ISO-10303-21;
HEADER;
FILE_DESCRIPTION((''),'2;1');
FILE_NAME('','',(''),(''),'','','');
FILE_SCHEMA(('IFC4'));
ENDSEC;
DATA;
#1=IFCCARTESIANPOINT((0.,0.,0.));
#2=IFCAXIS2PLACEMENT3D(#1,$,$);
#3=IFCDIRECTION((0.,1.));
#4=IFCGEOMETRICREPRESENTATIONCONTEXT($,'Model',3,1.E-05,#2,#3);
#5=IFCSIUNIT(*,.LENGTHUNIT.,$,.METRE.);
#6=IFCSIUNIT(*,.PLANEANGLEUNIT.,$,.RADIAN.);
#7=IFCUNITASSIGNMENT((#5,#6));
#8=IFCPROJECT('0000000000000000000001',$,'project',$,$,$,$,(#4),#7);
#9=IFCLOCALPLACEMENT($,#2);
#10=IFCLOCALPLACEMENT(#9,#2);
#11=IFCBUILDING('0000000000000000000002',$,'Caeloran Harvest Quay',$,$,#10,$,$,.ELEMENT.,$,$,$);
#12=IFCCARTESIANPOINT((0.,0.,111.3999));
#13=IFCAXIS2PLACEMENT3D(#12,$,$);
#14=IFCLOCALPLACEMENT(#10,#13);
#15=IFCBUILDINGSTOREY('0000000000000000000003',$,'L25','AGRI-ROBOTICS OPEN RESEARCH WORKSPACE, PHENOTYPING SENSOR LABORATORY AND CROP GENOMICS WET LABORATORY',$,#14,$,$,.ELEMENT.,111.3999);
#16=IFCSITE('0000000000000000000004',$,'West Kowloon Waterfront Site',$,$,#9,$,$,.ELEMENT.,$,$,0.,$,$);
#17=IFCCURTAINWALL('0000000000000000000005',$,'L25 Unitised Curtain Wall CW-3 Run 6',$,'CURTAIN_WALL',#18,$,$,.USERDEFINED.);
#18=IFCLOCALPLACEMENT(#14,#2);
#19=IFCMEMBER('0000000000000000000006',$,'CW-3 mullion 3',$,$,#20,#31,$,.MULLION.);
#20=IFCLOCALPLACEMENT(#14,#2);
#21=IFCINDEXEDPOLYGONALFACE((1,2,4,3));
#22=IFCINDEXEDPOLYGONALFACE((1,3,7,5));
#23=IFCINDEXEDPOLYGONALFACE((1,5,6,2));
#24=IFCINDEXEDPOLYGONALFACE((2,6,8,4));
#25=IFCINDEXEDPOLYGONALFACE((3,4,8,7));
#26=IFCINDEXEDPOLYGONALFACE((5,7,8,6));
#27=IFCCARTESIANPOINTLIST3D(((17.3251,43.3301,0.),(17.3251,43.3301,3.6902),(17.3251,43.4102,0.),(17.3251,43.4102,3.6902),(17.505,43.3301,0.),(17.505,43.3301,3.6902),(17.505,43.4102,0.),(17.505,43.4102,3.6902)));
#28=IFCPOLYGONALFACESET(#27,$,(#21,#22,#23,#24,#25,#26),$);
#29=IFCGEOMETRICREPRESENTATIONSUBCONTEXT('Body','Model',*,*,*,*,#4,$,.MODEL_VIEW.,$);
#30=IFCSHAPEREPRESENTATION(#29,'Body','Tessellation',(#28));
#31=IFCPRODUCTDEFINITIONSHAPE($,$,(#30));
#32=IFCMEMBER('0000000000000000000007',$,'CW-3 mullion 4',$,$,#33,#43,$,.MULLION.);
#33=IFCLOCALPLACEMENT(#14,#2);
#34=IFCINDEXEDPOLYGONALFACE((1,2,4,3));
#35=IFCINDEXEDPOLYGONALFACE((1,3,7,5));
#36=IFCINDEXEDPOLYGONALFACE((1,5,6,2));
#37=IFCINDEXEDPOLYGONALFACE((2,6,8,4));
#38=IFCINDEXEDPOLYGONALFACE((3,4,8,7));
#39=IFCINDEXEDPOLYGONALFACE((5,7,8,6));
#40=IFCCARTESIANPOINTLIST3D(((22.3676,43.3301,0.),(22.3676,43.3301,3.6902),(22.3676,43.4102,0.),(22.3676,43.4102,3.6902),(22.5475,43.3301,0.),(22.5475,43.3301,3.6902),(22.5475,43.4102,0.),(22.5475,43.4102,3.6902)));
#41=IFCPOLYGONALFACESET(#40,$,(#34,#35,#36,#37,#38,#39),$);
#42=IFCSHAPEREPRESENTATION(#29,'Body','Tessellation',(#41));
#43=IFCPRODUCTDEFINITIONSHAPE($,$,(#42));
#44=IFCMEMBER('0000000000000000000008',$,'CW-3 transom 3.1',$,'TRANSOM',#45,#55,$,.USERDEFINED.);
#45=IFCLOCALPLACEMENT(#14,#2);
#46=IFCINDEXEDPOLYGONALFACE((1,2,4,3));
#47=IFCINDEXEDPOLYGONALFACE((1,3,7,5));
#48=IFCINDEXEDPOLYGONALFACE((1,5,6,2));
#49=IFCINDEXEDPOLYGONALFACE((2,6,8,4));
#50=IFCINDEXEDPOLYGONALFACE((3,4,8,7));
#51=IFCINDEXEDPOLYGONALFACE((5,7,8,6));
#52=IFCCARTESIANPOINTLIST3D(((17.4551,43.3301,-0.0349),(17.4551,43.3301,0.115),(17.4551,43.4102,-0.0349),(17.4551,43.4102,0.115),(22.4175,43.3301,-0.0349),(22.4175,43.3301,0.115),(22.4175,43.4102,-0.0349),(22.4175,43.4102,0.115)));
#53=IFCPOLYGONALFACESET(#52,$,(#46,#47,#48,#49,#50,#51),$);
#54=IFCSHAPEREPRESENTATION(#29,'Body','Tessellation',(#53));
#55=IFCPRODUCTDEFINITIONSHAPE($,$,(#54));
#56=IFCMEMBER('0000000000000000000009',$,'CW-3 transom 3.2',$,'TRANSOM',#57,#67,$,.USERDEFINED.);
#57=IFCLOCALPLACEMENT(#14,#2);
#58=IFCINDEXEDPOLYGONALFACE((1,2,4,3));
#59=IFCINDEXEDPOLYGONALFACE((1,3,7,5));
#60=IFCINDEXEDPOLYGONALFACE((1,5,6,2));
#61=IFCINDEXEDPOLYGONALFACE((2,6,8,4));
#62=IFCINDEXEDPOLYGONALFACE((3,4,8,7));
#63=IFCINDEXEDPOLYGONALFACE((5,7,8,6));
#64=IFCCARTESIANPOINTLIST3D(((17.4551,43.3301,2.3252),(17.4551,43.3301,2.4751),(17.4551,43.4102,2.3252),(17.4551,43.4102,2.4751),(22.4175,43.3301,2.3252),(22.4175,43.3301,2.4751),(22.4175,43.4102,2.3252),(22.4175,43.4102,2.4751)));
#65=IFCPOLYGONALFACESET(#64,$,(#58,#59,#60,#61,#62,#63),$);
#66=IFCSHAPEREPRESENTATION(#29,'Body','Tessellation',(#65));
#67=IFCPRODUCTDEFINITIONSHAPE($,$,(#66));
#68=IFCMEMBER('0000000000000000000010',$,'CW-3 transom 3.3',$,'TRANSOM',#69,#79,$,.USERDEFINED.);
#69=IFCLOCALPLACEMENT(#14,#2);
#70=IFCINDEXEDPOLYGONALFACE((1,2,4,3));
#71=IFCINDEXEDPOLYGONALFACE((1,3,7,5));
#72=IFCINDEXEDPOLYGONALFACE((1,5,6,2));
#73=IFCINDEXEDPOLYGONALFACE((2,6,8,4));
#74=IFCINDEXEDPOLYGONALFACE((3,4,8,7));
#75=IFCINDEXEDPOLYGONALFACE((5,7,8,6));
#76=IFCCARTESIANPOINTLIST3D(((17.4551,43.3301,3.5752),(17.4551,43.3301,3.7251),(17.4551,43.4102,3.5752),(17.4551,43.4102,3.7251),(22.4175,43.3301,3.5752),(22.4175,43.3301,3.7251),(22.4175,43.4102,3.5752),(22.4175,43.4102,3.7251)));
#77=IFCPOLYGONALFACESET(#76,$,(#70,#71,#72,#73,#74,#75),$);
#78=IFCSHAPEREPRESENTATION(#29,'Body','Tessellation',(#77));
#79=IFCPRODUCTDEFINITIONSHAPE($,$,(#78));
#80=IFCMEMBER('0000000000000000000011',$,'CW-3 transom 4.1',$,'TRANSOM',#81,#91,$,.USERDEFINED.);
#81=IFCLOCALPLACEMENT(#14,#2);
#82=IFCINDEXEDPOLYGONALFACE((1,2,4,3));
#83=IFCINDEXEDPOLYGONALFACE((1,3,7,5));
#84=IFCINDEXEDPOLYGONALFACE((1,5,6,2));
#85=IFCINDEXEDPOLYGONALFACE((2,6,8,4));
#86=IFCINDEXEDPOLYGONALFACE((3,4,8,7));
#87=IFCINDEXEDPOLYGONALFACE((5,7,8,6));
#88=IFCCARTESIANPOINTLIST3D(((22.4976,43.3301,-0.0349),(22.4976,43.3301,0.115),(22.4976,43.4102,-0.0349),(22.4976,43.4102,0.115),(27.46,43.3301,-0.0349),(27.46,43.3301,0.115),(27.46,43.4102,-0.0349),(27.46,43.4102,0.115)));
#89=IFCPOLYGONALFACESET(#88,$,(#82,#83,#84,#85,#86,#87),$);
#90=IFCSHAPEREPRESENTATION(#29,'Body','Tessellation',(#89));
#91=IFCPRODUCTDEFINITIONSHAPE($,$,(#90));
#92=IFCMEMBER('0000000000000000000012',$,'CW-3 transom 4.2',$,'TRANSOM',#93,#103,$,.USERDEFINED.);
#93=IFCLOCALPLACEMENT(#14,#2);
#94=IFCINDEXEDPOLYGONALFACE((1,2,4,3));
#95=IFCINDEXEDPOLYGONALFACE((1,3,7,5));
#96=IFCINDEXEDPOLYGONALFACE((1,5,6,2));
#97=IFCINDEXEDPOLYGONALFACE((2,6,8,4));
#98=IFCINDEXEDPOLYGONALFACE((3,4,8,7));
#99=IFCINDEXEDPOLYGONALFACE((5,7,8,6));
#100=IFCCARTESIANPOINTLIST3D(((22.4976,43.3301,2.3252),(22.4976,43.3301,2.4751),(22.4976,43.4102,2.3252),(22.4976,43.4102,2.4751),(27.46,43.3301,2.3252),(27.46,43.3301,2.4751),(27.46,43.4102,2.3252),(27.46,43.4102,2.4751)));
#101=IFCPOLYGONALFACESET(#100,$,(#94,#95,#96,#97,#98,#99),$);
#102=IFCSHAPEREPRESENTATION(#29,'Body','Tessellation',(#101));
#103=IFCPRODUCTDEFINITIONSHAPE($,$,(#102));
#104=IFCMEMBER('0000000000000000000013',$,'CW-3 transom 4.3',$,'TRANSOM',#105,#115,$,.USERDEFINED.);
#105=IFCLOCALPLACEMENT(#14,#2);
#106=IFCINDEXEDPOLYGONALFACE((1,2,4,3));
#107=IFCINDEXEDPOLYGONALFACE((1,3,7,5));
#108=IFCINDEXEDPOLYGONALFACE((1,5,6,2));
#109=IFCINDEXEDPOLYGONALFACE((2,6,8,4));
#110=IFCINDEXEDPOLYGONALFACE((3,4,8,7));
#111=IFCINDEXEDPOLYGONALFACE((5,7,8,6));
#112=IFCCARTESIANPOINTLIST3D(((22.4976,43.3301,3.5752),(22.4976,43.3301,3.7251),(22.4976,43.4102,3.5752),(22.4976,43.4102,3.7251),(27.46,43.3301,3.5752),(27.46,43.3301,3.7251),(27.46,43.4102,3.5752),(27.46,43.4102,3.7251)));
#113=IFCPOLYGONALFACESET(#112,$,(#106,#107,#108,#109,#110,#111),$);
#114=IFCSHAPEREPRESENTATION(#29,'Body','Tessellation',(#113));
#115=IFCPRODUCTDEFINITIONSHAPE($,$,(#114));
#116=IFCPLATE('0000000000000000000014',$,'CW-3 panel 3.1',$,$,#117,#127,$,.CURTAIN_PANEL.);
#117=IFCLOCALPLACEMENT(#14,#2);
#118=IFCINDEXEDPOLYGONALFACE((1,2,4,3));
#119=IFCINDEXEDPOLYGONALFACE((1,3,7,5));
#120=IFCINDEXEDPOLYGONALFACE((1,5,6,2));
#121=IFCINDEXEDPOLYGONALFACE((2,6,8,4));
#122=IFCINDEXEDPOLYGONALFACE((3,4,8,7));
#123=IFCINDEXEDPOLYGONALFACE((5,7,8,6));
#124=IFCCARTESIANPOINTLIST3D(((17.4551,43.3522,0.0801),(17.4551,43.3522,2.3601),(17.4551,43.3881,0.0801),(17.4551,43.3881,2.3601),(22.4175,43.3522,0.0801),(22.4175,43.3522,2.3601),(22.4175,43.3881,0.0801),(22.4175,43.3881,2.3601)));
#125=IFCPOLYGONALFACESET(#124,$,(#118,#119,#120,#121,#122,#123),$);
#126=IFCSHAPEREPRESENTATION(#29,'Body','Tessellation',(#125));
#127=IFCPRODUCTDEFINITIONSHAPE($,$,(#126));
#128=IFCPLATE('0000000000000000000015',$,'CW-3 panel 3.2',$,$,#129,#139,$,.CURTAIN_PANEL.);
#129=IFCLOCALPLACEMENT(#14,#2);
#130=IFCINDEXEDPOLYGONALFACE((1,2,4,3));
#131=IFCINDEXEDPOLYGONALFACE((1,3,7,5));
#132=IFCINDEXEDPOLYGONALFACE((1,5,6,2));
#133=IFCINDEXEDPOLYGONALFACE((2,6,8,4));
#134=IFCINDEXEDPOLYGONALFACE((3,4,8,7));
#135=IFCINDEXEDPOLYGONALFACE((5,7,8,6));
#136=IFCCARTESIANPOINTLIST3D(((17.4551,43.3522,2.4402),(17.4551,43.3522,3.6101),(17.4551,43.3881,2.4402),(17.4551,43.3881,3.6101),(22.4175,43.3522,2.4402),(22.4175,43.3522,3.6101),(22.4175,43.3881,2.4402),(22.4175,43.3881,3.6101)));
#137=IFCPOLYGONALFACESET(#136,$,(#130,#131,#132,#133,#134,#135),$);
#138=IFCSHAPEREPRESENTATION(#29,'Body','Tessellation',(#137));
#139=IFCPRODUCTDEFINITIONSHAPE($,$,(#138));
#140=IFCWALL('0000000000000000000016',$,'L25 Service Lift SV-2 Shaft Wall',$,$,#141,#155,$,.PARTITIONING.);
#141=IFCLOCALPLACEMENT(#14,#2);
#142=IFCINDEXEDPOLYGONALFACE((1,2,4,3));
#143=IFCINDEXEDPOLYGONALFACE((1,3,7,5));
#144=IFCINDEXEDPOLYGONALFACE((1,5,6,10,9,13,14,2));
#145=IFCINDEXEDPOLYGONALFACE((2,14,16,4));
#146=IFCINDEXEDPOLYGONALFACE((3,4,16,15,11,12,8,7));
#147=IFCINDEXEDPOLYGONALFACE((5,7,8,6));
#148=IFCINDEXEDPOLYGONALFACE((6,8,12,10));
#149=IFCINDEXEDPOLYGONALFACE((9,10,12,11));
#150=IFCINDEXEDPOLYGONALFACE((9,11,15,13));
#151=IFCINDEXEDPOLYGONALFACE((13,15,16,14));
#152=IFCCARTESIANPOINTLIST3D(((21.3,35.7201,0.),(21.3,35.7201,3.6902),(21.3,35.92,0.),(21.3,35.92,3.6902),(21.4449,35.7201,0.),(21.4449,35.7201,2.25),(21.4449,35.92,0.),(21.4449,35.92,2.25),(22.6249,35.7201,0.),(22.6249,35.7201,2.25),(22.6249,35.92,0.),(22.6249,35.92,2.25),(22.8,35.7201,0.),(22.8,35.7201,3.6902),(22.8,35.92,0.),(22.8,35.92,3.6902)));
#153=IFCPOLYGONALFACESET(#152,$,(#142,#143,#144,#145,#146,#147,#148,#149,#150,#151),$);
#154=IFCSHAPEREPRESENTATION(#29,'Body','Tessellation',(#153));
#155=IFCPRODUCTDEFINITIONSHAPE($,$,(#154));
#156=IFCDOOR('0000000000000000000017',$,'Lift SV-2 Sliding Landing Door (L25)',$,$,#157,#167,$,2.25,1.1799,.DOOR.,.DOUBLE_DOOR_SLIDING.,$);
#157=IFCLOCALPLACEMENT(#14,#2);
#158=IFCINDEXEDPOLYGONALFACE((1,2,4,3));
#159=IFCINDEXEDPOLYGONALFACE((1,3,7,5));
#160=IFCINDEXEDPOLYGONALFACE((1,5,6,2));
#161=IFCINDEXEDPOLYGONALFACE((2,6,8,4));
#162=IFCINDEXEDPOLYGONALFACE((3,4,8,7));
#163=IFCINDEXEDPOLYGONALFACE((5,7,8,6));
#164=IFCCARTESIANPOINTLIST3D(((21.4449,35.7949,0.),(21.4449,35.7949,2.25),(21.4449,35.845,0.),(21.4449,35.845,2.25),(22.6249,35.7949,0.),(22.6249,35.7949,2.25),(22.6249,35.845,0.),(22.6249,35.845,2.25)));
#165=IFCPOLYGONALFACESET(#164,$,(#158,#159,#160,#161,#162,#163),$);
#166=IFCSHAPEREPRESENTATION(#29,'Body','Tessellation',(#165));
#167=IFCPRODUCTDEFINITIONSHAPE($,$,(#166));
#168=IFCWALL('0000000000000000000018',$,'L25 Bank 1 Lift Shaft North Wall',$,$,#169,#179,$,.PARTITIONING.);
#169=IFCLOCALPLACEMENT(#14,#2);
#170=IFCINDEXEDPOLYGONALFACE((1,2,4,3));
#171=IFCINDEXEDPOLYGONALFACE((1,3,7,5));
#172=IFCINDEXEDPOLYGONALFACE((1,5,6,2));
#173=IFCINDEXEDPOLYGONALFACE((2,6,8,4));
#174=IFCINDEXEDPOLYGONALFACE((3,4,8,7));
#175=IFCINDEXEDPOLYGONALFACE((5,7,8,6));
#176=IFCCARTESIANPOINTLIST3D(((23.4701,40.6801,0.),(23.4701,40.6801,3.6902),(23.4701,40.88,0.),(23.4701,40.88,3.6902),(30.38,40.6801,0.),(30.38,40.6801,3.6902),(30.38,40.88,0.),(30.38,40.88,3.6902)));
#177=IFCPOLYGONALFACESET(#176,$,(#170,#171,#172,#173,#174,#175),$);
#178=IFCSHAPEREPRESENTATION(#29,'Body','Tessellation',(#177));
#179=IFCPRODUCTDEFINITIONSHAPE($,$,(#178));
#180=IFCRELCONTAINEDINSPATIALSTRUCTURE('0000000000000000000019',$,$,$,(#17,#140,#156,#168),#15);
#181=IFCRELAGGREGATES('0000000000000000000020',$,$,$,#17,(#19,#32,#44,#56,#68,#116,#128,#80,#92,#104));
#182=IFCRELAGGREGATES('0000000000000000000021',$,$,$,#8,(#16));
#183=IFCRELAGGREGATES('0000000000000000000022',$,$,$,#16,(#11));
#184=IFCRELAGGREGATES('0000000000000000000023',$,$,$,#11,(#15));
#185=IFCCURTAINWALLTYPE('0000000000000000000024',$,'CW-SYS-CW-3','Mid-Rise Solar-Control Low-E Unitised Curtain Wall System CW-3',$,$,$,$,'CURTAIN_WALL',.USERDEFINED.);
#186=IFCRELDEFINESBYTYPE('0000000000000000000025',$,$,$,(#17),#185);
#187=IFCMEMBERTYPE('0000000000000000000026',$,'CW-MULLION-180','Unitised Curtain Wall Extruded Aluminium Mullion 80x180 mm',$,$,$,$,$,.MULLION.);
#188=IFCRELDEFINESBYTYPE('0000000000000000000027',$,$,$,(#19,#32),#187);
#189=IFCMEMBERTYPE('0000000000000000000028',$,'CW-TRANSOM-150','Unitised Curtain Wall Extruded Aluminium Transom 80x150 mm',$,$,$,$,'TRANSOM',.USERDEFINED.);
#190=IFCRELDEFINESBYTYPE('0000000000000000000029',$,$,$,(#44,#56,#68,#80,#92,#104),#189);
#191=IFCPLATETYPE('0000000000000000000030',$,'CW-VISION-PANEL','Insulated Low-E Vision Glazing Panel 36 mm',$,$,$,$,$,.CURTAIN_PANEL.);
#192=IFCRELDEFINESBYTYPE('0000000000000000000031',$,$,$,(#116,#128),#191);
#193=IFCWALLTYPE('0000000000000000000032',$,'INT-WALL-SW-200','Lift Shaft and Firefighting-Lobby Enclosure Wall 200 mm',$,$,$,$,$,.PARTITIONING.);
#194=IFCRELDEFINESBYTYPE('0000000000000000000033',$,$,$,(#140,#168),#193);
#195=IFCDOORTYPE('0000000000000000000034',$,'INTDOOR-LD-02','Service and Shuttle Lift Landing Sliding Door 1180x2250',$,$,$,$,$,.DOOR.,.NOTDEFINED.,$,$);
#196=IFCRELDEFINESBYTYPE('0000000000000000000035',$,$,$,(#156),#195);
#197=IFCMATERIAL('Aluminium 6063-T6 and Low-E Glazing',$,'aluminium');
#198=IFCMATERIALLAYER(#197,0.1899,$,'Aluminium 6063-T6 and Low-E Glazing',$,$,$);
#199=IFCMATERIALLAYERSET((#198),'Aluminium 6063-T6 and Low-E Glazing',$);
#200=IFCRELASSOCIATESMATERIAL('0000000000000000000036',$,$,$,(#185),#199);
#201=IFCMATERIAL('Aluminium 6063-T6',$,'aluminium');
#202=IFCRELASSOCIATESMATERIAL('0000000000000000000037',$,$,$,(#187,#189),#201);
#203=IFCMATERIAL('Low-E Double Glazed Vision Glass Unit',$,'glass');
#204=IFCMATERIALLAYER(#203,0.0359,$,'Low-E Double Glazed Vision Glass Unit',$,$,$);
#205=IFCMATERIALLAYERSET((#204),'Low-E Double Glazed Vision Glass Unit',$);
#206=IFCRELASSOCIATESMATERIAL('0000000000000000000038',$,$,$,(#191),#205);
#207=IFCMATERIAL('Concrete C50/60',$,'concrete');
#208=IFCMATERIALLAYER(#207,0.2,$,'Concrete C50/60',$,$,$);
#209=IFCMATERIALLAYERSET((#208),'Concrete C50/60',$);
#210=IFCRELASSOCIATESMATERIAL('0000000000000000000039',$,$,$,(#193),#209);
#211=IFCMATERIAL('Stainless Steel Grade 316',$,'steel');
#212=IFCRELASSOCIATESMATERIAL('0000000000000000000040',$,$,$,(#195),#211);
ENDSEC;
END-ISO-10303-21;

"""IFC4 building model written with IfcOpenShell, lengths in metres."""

from ifc_helpers import new_model, si_unit, direction, frame, frame_2d, origin, origin_2d, place, context, subcontext, project, spatial, rectangle, extrude, material, layer, layer_set, material_profile, profile_set, type_object, element, fill, aggregate, save


model = new_model("IFC4")

# Units and contexts
model_context = context("Model", 3, precision=1e-05, world=origin(), true_north=direction((0.0, 1.0)))
body_context = subcontext(model_context, "Body", "Model", "MODEL_VIEW")
ifc_project = project(units=[si_unit("LENGTHUNIT", "METRE"), si_unit("PLANEANGLEUNIT", "RADIAN")], contexts=[model_context])

# Site, building, storey
site_placement = place(None, origin())
site = spatial("IfcSite", under=ifc_project, at=site_placement, Name="West Kowloon Waterfront Site", CompositionType="ELEMENT", RefElevation=0.0)
building_placement = place(site_placement, origin())
building = spatial("IfcBuilding", under=site, at=building_placement, Name="Caeloran Harvest Quay", CompositionType="ELEMENT")
storey_placement = place(building_placement, frame((0.0, 0.0, 111.3999)))
storey = spatial("IfcBuildingStorey", under=building, at=storey_placement, Name="L25", Description="AGRI-ROBOTICS OPEN RESEARCH WORKSPACE, PHENOTYPING SENSOR LABORATORY AND CROP GENOMICS WET LABORATORY", CompositionType="ELEMENT", Elevation=111.3999)

# Curtain wall, members, plates
ifc_material_1 = material(Name="Aluminium 6063-T6 and Low-E Glazing", Category="aluminium")
ifc_layer_1 = layer(ifc_material_1, 0.1899, Name="Aluminium 6063-T6 and Low-E Glazing")
ifc_layer_set_1 = layer_set([ifc_layer_1], Name="Aluminium 6063-T6 and Low-E Glazing")
curtain_wall_type = type_object("IfcCurtainWallType", Name="CW-SYS-CW-3", Description="Mid-Rise Solar-Control Low-E Unitised Curtain Wall System CW-3", ElementType="CURTAIN_WALL", PredefinedType="USERDEFINED", material=ifc_layer_set_1)
curtain_wall_placement = place(storey_placement, origin())
curtain_wall = element("IfcCurtainWall", 1, at=curtain_wall_placement, inside=storey, type_object=curtain_wall_type, Name="L25 Unitised Curtain Wall CW-3 Run 6", ObjectType="CURTAIN_WALL", PredefinedType="USERDEFINED")
ifc_material_2 = material(Name="Aluminium 6063-T6", Category="aluminium")
ifc_material_profile_1 = material_profile(ifc_material_2, rectangle(XDim=0.0801, YDim=0.1799, at=origin_2d()), Name="CW-MULLION-180")
ifc_profile_set_1 = profile_set([ifc_material_profile_1], Name="Aluminium 6063-T6")
member_type_1 = type_object("IfcMemberType", Name="CW-MULLION-180", Description="Unitised Curtain Wall Extruded Aluminium Mullion 80x180 mm", PredefinedType="MULLION", material=ifc_profile_set_1)
member_1_placement = place(storey_placement, frame((17.415, 43.3701, 0.0), z_axis=(0.0, 0.0, 1.0), x_axis=(0.0, 1.0, 0.0)))
member_1 = element("IfcMember", 2, at=member_1_placement, type_object=member_type_1, Name="CW-3 mullion 3", PredefinedType="MULLION", context=body_context, shape_type="SweptSolid", body=[
    extrude(rectangle(XDim=0.0801, YDim=0.1799, at=origin_2d()), origin(), (0.0, 0.0, 1.0), 3.6902),
])
member_2_placement = place(storey_placement, frame((22.4575, 43.3701, 0.0), z_axis=(0.0, 0.0, 1.0), x_axis=(0.0, 1.0, 0.0)))
member_2 = element("IfcMember", 3, at=member_2_placement, type_object=member_type_1, Name="CW-3 mullion 4", PredefinedType="MULLION", context=body_context, shape_type="SweptSolid", body=[
    extrude(rectangle(XDim=0.0801, YDim=0.1799, at=origin_2d()), origin(), (0.0, 0.0, 1.0), 3.6902),
])
ifc_material_profile_2 = material_profile(ifc_material_2, rectangle(XDim=0.0801, YDim=0.1499, at=origin_2d()), Name="CW-TRANSOM-150")
ifc_profile_set_2 = profile_set([ifc_material_profile_2], Name="Aluminium 6063-T6")
member_type_2 = type_object("IfcMemberType", Name="CW-TRANSOM-150", Description="Unitised Curtain Wall Extruded Aluminium Transom 80x150 mm", ElementType="TRANSOM", PredefinedType="USERDEFINED", material=ifc_profile_set_2)
member_3_placement = place(storey_placement, frame((17.4551, 43.3701, 0.04), z_axis=(1.0, 0.0, 0.0), x_axis=(0.0, 1.0, 0.0)))
member_3 = element("IfcMember", 4, at=member_3_placement, type_object=member_type_2, Name="CW-3 transom 3.1", ObjectType="TRANSOM", PredefinedType="USERDEFINED", context=body_context, shape_type="SweptSolid", body=[
    extrude(rectangle(XDim=0.0801, YDim=0.1499, at=origin_2d()), origin(), (0.0, 0.0, 1.0), 4.9624),
])
member_4_placement = place(storey_placement, frame((17.4551, 43.3701, 2.4001), z_axis=(1.0, 0.0, 0.0), x_axis=(0.0, 1.0, 0.0)))
member_4 = element("IfcMember", 5, at=member_4_placement, type_object=member_type_2, Name="CW-3 transom 3.2", ObjectType="TRANSOM", PredefinedType="USERDEFINED", context=body_context, shape_type="SweptSolid", body=[
    extrude(rectangle(XDim=0.0801, YDim=0.1499, at=origin_2d()), origin(), (0.0, 0.0, 1.0), 4.9624),
])
member_5_placement = place(storey_placement, frame((17.4551, 43.3701, 3.6501), z_axis=(1.0, 0.0, 0.0), x_axis=(0.0, 1.0, 0.0)))
member_5 = element("IfcMember", 6, at=member_5_placement, type_object=member_type_2, Name="CW-3 transom 3.3", ObjectType="TRANSOM", PredefinedType="USERDEFINED", context=body_context, shape_type="SweptSolid", body=[
    extrude(rectangle(XDim=0.0801, YDim=0.1499, at=origin_2d()), origin(), (0.0, 0.0, 1.0), 4.9624),
])
member_6_placement = place(storey_placement, frame((22.4976, 43.3701, 0.04), z_axis=(1.0, 0.0, 0.0), x_axis=(0.0, 1.0, 0.0)))
member_6 = element("IfcMember", 7, at=member_6_placement, type_object=member_type_2, Name="CW-3 transom 4.1", ObjectType="TRANSOM", PredefinedType="USERDEFINED", context=body_context, shape_type="SweptSolid", body=[
    extrude(rectangle(XDim=0.0801, YDim=0.1499, at=origin_2d()), origin(), (0.0, 0.0, 1.0), 4.9624),
])
member_7_placement = place(storey_placement, frame((22.4976, 43.3701, 2.4001), z_axis=(1.0, 0.0, 0.0), x_axis=(0.0, 1.0, 0.0)))
member_7 = element("IfcMember", 8, at=member_7_placement, type_object=member_type_2, Name="CW-3 transom 4.2", ObjectType="TRANSOM", PredefinedType="USERDEFINED", context=body_context, shape_type="SweptSolid", body=[
    extrude(rectangle(XDim=0.0801, YDim=0.1499, at=origin_2d()), origin(), (0.0, 0.0, 1.0), 4.9624),
])
member_8_placement = place(storey_placement, frame((22.4976, 43.3701, 3.6501), z_axis=(1.0, 0.0, 0.0), x_axis=(0.0, 1.0, 0.0)))
member_8 = element("IfcMember", 9, at=member_8_placement, type_object=member_type_2, Name="CW-3 transom 4.3", ObjectType="TRANSOM", PredefinedType="USERDEFINED", context=body_context, shape_type="SweptSolid", body=[
    extrude(rectangle(XDim=0.0801, YDim=0.1499, at=origin_2d()), origin(), (0.0, 0.0, 1.0), 4.9624),
])
ifc_material_3 = material(Name="Low-E Double Glazed Vision Glass Unit", Category="glass")
ifc_layer_2 = layer(ifc_material_3, 0.0359, Name="Low-E Double Glazed Vision Glass Unit")
ifc_layer_set_2 = layer_set([ifc_layer_2], Name="Low-E Double Glazed Vision Glass Unit")
plate_type = type_object("IfcPlateType", Name="CW-VISION-PANEL", Description="Insulated Low-E Vision Glazing Panel 36 mm", PredefinedType="CURTAIN_PANEL", material=ifc_layer_set_2)
plate_1_placement = place(storey_placement, frame((19.9363, 43.3701, 0.0801), z_axis=(0.0, 0.0, 1.0), x_axis=(1.0, 0.0, 0.0)))
plate_1 = element("IfcPlate", 10, at=plate_1_placement, type_object=plate_type, Name="CW-3 panel 3.1", PredefinedType="CURTAIN_PANEL", context=body_context, shape_type="SweptSolid", body=[
    extrude(rectangle(XDim=4.9624, YDim=0.0359, at=origin_2d()), origin(), (0.0, 0.0, 1.0), 2.28),
])
plate_2_placement = place(storey_placement, frame((19.9363, 43.3701, 2.4402), z_axis=(0.0, 0.0, 1.0), x_axis=(1.0, 0.0, 0.0)))
plate_2 = element("IfcPlate", 11, at=plate_2_placement, type_object=plate_type, Name="CW-3 panel 3.2", PredefinedType="CURTAIN_PANEL", context=body_context, shape_type="SweptSolid", body=[
    extrude(rectangle(XDim=4.9624, YDim=0.0359, at=origin_2d()), origin(), (0.0, 0.0, 1.0), 1.1699),
])
aggregate(curtain_wall, [member_1, member_2, member_3, member_4, member_5, plate_1, plate_2, member_6, member_7, member_8])

# Wall, opening, door
ifc_material_4 = material(Name="Concrete C50/60", Category="concrete")
ifc_layer_3 = layer(ifc_material_4, 0.2, Name="Concrete C50/60")
ifc_layer_set_3 = layer_set([ifc_layer_3], Name="Concrete C50/60")
wall_type = type_object("IfcWallType", Name="INT-WALL-SW-200", Description="Lift Shaft and Firefighting-Lobby Enclosure Wall 200 mm", PredefinedType="PARTITIONING", material=ifc_layer_set_3)
wall_1_placement = place(storey_placement, frame((21.3, 35.8201, 0.0), z_axis=(0.0, 0.0, 1.0), x_axis=(1.0, 0.0, 0.0)))
wall_1 = element("IfcWall", 12, at=wall_1_placement, inside=storey, type_object=wall_type, Name="L25 Service Lift SV-2 Shaft Wall", PredefinedType="PARTITIONING", context=body_context, shape_type="SweptSolid", body=[
    extrude(rectangle(XDim=1.5, YDim=0.2, at=frame_2d((0.75, 0.0))), origin(), (0.0, 0.0, 1.0), 3.6902),
])
opening_placement = place(wall_1_placement, frame((0.145, 0.0, 0.0)))
opening = element("IfcOpeningElement", 13, at=opening_placement, cuts=wall_1, PredefinedType="OPENING", context=body_context, shape_type="SweptSolid", body=[
    extrude(rectangle(XDim=1.1799, YDim=2.25, at=frame_2d((0.5898, 1.125))), frame((0.0, 0.1099, 0.0), z_axis=(0.0, -1.0, 0.0), x_axis=(1.0, 0.0, 0.0)), (0.0, 0.0, 1.0), 0.22),
])
ifc_material_5 = material(Name="Stainless Steel Grade 316", Category="steel")
door_type = type_object("IfcDoorType", Name="INTDOOR-LD-02", Description="Service and Shuttle Lift Landing Sliding Door 1180x2250", OperationType="NOTDEFINED", PredefinedType="DOOR", material=ifc_material_5)
door_placement = place(opening_placement, origin())
door = element("IfcDoor", 14, at=door_placement, inside=storey, type_object=door_type, Name="Lift SV-2 Sliding Landing Door (L25)", OperationType="DOUBLE_DOOR_SLIDING", OverallHeight=2.25, OverallWidth=1.1799, PredefinedType="DOOR", context=body_context, shape_type="SweptSolid", body=[
    extrude(rectangle(XDim=1.1799, YDim=2.25, at=frame_2d((0.5898, 1.125))), frame((0.0, 0.0249, 0.0), z_axis=(0.0, -1.0, 0.0), x_axis=(1.0, 0.0, 0.0)), (0.0, 0.0, 1.0), 0.05),
])
fill(opening, door)

# Wall
wall_2_placement = place(storey_placement, frame((23.47, 40.78, 0.0), z_axis=(0.0, 0.0, 1.0), x_axis=(1.0, 0.0, 0.0)))
element("IfcWall", 15, at=wall_2_placement, inside=storey, type_object=wall_type, Name="L25 Bank 1 Lift Shaft North Wall", PredefinedType="PARTITIONING", context=body_context, shape_type="SweptSolid", body=[
    extrude(rectangle(XDim=6.9099, YDim=0.2, at=frame_2d((3.4551, 0.0))), origin(), (0.0, 0.0, 1.0), 3.6902),
])

save(model, "model.ifc")
